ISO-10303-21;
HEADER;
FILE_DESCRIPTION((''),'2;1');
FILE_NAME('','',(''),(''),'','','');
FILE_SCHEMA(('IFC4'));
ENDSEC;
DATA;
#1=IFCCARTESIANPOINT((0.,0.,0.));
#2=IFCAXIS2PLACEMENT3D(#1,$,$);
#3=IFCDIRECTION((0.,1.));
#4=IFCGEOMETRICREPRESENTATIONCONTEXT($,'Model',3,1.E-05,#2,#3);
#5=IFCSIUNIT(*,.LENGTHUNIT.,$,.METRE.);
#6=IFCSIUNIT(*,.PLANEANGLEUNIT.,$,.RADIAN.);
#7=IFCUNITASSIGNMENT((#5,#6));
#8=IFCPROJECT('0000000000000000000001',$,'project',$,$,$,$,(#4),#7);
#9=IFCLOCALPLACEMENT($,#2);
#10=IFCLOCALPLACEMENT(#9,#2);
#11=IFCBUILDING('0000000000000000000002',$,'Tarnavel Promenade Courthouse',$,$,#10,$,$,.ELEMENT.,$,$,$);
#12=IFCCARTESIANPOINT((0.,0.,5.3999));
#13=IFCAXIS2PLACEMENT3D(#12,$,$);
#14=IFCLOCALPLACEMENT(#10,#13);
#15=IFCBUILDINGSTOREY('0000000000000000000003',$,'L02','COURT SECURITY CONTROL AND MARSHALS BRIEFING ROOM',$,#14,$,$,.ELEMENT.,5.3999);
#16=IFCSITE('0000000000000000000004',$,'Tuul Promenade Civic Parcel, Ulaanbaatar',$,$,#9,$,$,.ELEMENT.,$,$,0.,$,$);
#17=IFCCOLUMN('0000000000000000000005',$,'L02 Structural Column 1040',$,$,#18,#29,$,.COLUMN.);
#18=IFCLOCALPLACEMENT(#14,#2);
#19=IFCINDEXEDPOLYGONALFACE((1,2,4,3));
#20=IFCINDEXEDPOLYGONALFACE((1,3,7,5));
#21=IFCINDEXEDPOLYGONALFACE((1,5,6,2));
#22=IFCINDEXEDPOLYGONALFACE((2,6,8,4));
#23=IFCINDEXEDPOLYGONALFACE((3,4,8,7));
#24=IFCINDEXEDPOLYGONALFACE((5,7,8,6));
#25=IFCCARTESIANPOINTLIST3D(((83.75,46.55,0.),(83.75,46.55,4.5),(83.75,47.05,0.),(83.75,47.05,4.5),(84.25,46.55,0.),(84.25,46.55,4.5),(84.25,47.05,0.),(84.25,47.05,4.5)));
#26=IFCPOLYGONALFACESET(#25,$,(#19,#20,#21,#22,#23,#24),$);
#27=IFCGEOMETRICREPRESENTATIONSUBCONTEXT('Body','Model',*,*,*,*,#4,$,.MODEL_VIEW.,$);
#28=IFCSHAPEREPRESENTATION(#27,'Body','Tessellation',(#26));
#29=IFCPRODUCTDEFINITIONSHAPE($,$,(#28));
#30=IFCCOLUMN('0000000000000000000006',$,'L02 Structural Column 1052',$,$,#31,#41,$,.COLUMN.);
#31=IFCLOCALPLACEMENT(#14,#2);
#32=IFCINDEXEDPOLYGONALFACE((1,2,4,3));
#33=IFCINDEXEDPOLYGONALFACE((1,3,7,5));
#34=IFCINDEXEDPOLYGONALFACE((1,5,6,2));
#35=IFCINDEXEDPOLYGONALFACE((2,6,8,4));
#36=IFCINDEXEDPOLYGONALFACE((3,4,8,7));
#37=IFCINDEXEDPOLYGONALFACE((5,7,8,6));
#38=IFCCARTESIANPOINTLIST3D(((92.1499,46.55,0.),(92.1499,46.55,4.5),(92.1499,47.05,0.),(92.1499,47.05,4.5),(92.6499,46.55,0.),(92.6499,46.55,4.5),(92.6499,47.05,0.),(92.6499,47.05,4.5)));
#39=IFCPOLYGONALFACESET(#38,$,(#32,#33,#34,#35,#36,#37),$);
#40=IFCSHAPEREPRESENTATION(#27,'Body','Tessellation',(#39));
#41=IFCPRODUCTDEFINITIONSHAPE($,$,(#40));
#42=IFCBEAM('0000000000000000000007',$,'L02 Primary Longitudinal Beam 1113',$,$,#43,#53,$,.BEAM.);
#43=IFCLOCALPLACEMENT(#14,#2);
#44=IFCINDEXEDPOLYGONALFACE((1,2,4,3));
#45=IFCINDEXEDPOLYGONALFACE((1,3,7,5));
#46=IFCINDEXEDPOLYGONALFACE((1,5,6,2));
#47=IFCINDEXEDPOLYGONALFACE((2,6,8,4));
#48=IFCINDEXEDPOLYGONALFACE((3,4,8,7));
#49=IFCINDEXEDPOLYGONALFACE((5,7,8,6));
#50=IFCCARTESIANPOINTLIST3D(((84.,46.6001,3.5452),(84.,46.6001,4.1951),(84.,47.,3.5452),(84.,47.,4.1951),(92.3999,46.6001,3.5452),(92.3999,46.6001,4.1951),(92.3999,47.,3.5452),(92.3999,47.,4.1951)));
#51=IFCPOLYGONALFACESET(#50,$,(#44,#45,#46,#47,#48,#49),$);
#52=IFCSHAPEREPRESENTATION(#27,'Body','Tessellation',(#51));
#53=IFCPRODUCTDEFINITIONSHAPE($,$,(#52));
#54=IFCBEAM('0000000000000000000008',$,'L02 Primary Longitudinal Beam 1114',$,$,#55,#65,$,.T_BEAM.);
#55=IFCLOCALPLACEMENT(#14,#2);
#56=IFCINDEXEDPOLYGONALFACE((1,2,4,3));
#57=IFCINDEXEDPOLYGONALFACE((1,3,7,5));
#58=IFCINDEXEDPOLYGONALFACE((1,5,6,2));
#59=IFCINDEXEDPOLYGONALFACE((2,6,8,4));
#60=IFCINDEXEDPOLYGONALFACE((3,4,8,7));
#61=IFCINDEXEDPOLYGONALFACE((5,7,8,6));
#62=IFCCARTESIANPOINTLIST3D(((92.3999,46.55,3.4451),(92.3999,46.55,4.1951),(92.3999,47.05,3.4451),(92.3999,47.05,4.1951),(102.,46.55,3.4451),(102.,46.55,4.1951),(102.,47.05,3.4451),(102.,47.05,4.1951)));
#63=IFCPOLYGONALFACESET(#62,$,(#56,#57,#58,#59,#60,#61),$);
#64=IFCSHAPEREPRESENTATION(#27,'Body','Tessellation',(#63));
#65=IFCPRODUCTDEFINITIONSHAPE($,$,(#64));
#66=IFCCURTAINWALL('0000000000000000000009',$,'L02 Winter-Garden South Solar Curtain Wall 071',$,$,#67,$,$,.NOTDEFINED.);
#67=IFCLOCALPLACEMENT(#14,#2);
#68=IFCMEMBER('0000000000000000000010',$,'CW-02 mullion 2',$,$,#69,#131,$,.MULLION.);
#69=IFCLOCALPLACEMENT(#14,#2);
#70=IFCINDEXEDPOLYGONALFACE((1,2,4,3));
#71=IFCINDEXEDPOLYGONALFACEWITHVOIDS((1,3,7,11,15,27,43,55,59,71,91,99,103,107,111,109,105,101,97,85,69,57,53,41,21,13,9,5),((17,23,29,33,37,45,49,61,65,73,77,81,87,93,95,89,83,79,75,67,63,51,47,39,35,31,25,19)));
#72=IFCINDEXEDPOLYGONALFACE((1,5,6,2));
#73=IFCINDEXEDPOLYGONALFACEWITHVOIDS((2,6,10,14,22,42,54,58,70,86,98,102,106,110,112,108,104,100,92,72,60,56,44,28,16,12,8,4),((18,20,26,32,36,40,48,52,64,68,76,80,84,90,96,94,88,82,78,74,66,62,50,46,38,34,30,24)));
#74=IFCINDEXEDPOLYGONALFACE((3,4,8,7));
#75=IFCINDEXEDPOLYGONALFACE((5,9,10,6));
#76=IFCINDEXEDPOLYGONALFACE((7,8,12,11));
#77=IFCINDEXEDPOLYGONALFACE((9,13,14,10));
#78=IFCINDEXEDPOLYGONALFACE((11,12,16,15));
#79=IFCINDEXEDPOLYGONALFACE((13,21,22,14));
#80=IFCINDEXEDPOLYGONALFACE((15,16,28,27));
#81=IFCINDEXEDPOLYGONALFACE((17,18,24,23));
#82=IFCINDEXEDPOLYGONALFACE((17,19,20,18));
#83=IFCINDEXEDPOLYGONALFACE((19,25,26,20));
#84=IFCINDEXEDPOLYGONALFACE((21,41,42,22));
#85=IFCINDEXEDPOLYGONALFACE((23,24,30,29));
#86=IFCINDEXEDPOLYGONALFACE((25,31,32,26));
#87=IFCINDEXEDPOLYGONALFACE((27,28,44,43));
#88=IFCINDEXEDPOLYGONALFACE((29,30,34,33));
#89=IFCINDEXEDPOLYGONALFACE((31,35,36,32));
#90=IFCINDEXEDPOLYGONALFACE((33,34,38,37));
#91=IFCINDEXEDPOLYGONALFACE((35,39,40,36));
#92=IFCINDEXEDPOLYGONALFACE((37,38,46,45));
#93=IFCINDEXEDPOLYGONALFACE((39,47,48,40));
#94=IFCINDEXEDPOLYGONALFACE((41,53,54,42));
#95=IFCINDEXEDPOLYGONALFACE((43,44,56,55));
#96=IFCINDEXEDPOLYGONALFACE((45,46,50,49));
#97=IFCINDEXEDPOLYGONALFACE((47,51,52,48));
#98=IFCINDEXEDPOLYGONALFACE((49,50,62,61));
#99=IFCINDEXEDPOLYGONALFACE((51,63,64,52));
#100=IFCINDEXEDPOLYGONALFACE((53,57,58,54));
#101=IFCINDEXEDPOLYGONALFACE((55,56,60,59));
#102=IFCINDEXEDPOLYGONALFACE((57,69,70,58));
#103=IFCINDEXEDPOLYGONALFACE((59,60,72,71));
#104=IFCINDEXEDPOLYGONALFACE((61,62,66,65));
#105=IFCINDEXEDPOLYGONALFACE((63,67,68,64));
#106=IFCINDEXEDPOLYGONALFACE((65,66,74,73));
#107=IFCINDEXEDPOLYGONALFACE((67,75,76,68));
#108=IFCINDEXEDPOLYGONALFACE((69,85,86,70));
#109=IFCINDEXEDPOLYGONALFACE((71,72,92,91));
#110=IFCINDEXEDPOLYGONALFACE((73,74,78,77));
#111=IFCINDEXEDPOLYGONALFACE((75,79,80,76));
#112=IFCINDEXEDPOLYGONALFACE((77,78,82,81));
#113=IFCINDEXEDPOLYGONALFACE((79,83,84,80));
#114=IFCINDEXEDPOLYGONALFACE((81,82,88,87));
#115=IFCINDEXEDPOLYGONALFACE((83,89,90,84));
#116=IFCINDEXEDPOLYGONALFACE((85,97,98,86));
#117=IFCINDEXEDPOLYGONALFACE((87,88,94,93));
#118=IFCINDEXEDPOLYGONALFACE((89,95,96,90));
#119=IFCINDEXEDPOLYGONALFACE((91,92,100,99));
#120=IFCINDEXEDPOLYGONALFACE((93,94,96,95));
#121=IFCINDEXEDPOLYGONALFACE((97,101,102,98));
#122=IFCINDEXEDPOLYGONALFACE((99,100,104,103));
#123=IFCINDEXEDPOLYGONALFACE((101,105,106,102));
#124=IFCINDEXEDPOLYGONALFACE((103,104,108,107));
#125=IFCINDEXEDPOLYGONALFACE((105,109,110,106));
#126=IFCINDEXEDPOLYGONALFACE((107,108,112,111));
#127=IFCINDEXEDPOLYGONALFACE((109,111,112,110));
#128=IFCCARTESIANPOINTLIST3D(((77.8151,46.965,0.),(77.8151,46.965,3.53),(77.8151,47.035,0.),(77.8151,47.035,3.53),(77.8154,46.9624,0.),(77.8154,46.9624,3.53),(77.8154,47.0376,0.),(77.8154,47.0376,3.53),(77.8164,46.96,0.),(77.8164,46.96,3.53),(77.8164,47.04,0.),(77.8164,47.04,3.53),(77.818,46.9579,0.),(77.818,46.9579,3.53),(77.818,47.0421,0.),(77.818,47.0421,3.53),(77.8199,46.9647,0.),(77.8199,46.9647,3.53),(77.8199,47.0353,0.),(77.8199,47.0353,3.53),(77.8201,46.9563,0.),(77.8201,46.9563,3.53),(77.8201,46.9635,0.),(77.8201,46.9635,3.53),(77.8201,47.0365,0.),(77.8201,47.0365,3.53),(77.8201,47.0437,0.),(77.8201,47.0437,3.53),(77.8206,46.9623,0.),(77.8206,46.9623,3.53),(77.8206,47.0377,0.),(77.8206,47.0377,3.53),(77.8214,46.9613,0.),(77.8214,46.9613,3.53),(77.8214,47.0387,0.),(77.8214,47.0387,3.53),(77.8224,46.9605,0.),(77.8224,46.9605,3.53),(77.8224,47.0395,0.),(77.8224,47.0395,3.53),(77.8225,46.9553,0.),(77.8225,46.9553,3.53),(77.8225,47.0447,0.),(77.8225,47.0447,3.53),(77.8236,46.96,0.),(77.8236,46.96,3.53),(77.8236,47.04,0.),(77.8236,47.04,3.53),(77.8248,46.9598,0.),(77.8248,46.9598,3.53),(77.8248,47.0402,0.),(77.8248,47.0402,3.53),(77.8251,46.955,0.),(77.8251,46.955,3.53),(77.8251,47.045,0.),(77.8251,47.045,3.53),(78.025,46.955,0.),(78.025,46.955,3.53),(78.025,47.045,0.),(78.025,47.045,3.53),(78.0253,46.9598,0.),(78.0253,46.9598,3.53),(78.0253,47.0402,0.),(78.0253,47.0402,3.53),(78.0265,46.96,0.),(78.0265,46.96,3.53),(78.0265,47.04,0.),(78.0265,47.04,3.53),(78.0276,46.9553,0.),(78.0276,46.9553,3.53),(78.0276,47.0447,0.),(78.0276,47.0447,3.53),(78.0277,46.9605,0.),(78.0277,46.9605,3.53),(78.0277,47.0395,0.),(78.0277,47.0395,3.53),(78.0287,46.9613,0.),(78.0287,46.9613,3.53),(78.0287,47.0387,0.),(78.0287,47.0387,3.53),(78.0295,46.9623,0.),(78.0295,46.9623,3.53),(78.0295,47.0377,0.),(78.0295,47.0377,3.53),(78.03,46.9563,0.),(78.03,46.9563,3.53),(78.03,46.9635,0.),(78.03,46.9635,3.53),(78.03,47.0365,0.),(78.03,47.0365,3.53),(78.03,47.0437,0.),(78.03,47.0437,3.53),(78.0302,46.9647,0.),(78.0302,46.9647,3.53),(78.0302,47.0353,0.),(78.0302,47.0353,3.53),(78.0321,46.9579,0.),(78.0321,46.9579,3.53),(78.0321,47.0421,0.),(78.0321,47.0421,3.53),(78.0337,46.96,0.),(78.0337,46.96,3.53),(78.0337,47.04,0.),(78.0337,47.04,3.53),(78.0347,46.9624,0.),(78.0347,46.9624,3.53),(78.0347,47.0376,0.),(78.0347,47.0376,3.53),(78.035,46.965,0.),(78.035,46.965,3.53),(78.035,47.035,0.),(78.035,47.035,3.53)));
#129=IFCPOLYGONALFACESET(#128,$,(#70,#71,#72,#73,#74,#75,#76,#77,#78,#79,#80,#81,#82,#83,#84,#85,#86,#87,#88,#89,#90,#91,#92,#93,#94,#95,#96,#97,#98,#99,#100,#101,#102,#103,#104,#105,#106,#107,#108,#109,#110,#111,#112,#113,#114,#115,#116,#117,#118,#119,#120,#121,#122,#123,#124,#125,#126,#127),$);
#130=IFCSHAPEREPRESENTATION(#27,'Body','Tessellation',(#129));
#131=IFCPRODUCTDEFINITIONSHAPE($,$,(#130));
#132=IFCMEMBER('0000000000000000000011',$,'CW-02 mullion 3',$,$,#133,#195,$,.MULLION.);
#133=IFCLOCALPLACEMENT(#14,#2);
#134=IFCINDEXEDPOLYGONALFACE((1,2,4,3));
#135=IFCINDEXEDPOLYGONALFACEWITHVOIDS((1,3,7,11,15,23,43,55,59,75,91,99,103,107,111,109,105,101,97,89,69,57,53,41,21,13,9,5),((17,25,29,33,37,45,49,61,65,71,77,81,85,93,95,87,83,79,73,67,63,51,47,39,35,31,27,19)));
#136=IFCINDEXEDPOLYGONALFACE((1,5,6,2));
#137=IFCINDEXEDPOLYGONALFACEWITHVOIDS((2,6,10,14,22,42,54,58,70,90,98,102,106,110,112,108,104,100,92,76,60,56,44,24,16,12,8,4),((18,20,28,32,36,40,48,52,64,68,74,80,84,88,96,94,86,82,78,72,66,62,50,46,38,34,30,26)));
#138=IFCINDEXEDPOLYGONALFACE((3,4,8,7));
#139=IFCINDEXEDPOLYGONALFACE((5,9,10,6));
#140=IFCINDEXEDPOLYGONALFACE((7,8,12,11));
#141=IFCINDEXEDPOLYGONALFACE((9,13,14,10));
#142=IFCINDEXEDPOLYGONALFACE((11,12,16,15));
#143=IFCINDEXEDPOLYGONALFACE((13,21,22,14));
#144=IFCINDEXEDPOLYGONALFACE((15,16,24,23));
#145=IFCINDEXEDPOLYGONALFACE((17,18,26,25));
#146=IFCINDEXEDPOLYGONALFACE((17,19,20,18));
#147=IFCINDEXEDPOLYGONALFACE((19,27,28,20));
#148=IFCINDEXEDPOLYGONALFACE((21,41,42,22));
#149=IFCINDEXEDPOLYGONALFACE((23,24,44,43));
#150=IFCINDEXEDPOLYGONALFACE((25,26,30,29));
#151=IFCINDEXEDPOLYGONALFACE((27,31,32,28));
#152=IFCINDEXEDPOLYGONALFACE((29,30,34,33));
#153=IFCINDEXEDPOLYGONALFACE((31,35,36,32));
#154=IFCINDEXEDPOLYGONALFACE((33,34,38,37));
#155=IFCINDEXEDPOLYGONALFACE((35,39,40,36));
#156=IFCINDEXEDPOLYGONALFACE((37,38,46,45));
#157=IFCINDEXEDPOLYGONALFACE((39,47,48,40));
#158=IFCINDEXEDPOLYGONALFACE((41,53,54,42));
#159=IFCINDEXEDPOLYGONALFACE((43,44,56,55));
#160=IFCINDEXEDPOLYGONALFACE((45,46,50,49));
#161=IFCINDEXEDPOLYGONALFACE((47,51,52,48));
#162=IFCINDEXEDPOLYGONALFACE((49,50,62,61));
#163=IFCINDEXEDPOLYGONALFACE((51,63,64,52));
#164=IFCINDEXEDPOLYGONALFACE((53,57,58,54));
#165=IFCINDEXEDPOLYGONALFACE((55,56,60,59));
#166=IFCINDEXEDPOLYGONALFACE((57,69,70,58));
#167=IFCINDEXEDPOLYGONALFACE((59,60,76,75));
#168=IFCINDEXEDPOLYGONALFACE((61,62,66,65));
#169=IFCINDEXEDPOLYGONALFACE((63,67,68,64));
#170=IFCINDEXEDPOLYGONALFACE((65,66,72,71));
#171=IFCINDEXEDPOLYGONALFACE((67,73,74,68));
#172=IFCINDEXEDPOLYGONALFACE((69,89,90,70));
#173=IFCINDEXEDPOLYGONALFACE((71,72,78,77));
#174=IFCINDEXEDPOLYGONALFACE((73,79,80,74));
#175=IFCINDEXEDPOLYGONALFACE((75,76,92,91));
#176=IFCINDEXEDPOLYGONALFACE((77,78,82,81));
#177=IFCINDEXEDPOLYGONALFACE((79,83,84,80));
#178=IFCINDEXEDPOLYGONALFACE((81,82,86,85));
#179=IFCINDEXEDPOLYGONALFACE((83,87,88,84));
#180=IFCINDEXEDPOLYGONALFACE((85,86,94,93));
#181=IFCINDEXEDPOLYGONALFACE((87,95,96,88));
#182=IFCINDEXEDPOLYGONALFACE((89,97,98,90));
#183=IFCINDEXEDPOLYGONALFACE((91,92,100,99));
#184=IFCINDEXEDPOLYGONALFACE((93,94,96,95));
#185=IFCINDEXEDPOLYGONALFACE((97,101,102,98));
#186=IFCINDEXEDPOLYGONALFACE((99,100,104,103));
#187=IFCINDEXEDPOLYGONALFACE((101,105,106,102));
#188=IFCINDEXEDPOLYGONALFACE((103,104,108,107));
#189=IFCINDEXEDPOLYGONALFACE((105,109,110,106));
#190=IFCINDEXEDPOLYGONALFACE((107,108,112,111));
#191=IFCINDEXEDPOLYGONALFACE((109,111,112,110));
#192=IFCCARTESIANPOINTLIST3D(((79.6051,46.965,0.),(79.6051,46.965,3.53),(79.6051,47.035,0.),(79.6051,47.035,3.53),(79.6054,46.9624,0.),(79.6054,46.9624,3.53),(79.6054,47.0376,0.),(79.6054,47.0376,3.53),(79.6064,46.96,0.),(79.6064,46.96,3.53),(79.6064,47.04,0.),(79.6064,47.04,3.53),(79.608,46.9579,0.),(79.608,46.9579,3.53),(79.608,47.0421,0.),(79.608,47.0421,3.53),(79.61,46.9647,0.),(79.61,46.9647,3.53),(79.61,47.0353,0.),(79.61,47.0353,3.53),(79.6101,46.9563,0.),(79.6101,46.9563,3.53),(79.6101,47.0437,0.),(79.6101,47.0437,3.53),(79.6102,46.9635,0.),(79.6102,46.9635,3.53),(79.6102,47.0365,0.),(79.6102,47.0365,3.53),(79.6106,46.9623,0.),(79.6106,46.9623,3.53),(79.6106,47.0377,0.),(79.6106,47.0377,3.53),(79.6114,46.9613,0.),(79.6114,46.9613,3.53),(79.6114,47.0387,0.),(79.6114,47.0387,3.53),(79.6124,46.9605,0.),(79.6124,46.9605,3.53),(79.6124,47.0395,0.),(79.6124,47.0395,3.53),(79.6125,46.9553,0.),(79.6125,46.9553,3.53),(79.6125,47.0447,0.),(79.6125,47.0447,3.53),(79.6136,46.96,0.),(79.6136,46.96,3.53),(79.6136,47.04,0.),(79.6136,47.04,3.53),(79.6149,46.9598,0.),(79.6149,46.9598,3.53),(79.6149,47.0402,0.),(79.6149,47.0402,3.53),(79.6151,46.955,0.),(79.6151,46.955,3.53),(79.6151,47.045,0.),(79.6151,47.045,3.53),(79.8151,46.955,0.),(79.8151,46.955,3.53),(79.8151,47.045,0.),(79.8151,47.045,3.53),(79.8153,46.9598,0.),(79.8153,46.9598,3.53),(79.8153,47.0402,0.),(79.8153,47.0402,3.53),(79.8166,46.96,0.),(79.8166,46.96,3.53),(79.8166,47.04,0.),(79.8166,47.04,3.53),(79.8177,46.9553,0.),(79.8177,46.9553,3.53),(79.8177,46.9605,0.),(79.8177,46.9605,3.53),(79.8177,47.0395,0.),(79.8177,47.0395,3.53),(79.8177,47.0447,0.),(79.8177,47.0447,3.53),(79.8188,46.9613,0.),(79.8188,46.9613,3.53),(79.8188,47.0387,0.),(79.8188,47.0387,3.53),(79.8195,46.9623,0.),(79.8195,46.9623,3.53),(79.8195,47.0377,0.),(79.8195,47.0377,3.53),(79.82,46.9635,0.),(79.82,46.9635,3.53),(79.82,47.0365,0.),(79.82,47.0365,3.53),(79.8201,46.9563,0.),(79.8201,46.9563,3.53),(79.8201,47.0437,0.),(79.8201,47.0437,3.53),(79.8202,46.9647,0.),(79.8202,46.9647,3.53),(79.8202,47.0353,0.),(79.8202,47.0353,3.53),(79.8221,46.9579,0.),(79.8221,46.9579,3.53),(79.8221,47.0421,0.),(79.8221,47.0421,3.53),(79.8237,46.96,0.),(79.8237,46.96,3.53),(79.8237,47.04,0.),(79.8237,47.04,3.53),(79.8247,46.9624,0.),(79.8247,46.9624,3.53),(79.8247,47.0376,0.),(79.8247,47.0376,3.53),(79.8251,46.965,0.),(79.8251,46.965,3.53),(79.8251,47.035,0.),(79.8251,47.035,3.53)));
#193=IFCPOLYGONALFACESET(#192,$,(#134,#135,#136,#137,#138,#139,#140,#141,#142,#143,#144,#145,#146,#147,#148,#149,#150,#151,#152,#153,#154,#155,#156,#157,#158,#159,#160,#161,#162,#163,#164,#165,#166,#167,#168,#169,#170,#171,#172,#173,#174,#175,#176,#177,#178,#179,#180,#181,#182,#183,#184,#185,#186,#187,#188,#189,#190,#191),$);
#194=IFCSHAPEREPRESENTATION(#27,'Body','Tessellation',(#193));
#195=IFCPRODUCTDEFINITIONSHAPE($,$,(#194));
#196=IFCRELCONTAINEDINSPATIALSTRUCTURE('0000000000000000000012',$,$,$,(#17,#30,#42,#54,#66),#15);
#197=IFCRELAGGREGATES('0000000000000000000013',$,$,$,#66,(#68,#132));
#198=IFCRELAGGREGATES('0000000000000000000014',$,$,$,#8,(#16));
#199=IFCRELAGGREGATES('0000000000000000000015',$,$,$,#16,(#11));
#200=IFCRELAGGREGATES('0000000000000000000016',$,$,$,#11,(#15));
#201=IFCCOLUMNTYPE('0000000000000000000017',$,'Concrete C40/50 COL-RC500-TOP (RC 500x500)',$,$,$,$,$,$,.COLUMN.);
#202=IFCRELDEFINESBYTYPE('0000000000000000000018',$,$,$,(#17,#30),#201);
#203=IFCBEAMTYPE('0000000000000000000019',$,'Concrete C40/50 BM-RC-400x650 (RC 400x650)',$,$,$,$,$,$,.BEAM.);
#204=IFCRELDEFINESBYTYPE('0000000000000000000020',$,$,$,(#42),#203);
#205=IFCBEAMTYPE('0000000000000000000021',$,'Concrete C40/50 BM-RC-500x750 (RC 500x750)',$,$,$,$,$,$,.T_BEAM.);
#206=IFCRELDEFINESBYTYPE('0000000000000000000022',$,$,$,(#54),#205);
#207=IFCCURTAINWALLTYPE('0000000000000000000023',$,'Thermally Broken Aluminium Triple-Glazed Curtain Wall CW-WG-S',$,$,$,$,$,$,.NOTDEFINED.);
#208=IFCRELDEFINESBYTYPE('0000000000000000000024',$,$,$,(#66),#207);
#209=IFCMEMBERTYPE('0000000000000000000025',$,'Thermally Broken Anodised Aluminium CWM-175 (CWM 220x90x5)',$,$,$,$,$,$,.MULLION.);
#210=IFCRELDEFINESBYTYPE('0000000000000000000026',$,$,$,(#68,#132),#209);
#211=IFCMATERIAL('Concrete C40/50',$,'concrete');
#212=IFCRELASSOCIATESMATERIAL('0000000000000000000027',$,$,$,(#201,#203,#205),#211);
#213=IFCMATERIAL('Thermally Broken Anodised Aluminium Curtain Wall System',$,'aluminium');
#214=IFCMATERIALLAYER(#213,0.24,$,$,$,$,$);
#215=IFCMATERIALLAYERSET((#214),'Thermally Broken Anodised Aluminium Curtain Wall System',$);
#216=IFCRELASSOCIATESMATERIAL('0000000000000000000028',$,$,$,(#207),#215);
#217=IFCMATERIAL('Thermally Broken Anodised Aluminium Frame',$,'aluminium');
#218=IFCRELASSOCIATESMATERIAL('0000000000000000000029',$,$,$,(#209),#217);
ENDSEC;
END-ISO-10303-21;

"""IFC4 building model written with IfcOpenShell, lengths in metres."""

from ifc_helpers import new_model, si_unit, direction, frame, origin, origin_2d, place, context, subcontext, project, spatial, rectangle, hollow_rectangle, extrude, material, layer, layer_set, material_profile, profile_set, type_object, element, aggregate, save


model = new_model("IFC4")

# Units and contexts
model_context = context("Model", 3, precision=1e-05, world=origin(), true_north=direction((0.0, 1.0)))
body_context = subcontext(model_context, "Body", "Model", "MODEL_VIEW")
ifc_project = project(units=[si_unit("LENGTHUNIT", "METRE"), si_unit("PLANEANGLEUNIT", "RADIAN")], contexts=[model_context])

# Site, building, storey
site_placement = place(None, origin())
site = spatial("IfcSite", under=ifc_project, at=site_placement, Name="Tuul Promenade Civic Parcel, Ulaanbaatar", CompositionType="ELEMENT", RefElevation=0.0)
building_placement = place(site_placement, origin())
building = spatial("IfcBuilding", under=site, at=building_placement, Name="Tarnavel Promenade Courthouse", CompositionType="ELEMENT")
storey_placement = place(building_placement, frame((0.0, 0.0, 5.3999)))
storey = spatial("IfcBuildingStorey", under=building, at=storey_placement, Name="L02", Description="COURT SECURITY CONTROL AND MARSHALS BRIEFING ROOM", CompositionType="ELEMENT", Elevation=5.3999)

# Columns
ifc_material_1 = material(Name="Concrete C40/50", Category="concrete")
ifc_material_profile_1 = material_profile(ifc_material_1, rectangle(XDim=0.5, YDim=0.5, at=origin_2d()), Name="RC 500x500")
ifc_profile_set_1 = profile_set([ifc_material_profile_1], Name="Concrete C40/50")
column_type = type_object("IfcColumnType", Name="Concrete C40/50 COL-RC500-TOP (RC 500x500)", PredefinedType="COLUMN", material=ifc_profile_set_1)
for number, where, z_axis, x_axis, name in (
    (1, (84.0, 46.8, 0.0), (0.0, 0.0, 1.0), (1.0, 0.0, 0.0), "L02 Structural Column 1040"),
    (2, (92.3999, 46.8, 0.0), (0.0, 0.0, 1.0), (1.0, 0.0, 0.0), "L02 Structural Column 1052"),
):
    element("IfcColumn", number, at=place(storey_placement, frame(where, z_axis=z_axis, x_axis=x_axis)), inside=storey, type_object=column_type, Name=name, PredefinedType="COLUMN", context=body_context, shape_type="SweptSolid", body=[
        extrude(rectangle(XDim=0.5, YDim=0.5, at=origin_2d()), origin(), (0.0, 0.0, 1.0), 4.5),
    ])

# Beams
ifc_material_profile_2 = material_profile(ifc_material_1, rectangle(XDim=0.3999, YDim=0.6499, at=origin_2d()), Name="RC 400x650")
ifc_profile_set_2 = profile_set([ifc_material_profile_2], Name="Concrete C40/50")
beam_type_1 = type_object("IfcBeamType", Name="Concrete C40/50 BM-RC-400x650 (RC 400x650)", PredefinedType="BEAM", material=ifc_profile_set_2)
beam_1_placement = place(storey_placement, frame((84.0, 46.8, 3.8701), z_axis=(1.0, 0.0, 0.0), x_axis=(0.0, 1.0, 0.0)))
element("IfcBeam", 3, at=beam_1_placement, inside=storey, type_object=beam_type_1, Name="L02 Primary Longitudinal Beam 1113", PredefinedType="BEAM", context=body_context, shape_type="SweptSolid", body=[
    extrude(rectangle(XDim=0.3999, YDim=0.6499, at=origin_2d()), origin(), (0.0, 0.0, 1.0), 8.3999),
])
ifc_material_profile_3 = material_profile(ifc_material_1, rectangle(XDim=0.5, YDim=0.75, at=origin_2d()), Name="RC 500x750")
ifc_profile_set_3 = profile_set([ifc_material_profile_3], Name="Concrete C40/50")
beam_type_2 = type_object("IfcBeamType", Name="Concrete C40/50 BM-RC-500x750 (RC 500x750)", PredefinedType="T_BEAM", material=ifc_profile_set_3)
beam_2_placement = place(storey_placement, frame((92.3999, 46.8, 3.8201), z_axis=(1.0, 0.0, 0.0), x_axis=(0.0, 1.0, 0.0)))
element("IfcBeam", 4, at=beam_2_placement, inside=storey, type_object=beam_type_2, Name="L02 Primary Longitudinal Beam 1114", PredefinedType="T_BEAM", context=body_context, shape_type="SweptSolid", body=[
    extrude(rectangle(XDim=0.5, YDim=0.75, at=origin_2d()), origin(), (0.0, 0.0, 1.0), 9.6001),
])

# Curtain wall, members
ifc_material_2 = material(Name="Thermally Broken Anodised Aluminium Curtain Wall System", Category="aluminium")
ifc_layer_1 = layer(ifc_material_2, 0.24)
ifc_layer_set_1 = layer_set([ifc_layer_1], Name="Thermally Broken Anodised Aluminium Curtain Wall System")
curtain_wall_type = type_object("IfcCurtainWallType", Name="Thermally Broken Aluminium Triple-Glazed Curtain Wall CW-WG-S", PredefinedType="NOTDEFINED", material=ifc_layer_set_1)
curtain_wall_1_placement = place(storey_placement, origin())
curtain_wall_1 = element("IfcCurtainWall", 5, at=curtain_wall_1_placement, inside=storey, type_object=curtain_wall_type, Name="L02 Winter-Garden South Solar Curtain Wall 071", PredefinedType="NOTDEFINED")
ifc_material_3 = material(Name="Thermally Broken Anodised Aluminium Frame", Category="aluminium")
ifc_material_profile_4 = material_profile(ifc_material_3, hollow_rectangle(XDim=0.0901, YDim=0.22, WallThickness=0.0049, InnerFilletRadius=0.0049, OuterFilletRadius=0.01, at=origin_2d()), Name="CWM 220x90x5")
ifc_profile_set_4 = profile_set([ifc_material_profile_4], Name="Thermally Broken Anodised Aluminium Frame")
member_type_1 = type_object("IfcMemberType", Name="Thermally Broken Anodised Aluminium CWM-175 (CWM 220x90x5)", PredefinedType="MULLION", material=ifc_profile_set_4)
member_1_placement = place(storey_placement, frame((77.925, 47.0, 0.0), z_axis=(0.0, 0.0, 1.0), x_axis=(0.0, 1.0, 0.0)))
member_1 = element("IfcMember", 6, at=member_1_placement, type_object=member_type_1, Name="CW-02 mullion 2", PredefinedType="MULLION", context=body_context, shape_type="SweptSolid", body=[
    extrude(hollow_rectangle(XDim=0.0901, YDim=0.22, WallThickness=0.0049, InnerFilletRadius=0.0049, OuterFilletRadius=0.01, at=origin_2d()), origin(), (0.0, 0.0, 1.0), 3.53),
])
member_2_placement = place(storey_placement, frame((79.7151, 47.0, 0.0), z_axis=(0.0, 0.0, 1.0), x_axis=(0.0, 1.0, 0.0)))
member_2 = element("IfcMember", 7, at=member_2_placement, type_object=member_type_1, Name="CW-02 mullion 3", PredefinedType="MULLION", context=body_context, shape_type="SweptSolid", body=[
    extrude(hollow_rectangle(XDim=0.0901, YDim=0.22, WallThickness=0.0049, InnerFilletRadius=0.0049, OuterFilletRadius=0.01, at=origin_2d()), origin(), (0.0, 0.0, 1.0), 3.53),
])

aggregate(curtain_wall_1, [member_1, member_2])

save(model, "model.ifc")
